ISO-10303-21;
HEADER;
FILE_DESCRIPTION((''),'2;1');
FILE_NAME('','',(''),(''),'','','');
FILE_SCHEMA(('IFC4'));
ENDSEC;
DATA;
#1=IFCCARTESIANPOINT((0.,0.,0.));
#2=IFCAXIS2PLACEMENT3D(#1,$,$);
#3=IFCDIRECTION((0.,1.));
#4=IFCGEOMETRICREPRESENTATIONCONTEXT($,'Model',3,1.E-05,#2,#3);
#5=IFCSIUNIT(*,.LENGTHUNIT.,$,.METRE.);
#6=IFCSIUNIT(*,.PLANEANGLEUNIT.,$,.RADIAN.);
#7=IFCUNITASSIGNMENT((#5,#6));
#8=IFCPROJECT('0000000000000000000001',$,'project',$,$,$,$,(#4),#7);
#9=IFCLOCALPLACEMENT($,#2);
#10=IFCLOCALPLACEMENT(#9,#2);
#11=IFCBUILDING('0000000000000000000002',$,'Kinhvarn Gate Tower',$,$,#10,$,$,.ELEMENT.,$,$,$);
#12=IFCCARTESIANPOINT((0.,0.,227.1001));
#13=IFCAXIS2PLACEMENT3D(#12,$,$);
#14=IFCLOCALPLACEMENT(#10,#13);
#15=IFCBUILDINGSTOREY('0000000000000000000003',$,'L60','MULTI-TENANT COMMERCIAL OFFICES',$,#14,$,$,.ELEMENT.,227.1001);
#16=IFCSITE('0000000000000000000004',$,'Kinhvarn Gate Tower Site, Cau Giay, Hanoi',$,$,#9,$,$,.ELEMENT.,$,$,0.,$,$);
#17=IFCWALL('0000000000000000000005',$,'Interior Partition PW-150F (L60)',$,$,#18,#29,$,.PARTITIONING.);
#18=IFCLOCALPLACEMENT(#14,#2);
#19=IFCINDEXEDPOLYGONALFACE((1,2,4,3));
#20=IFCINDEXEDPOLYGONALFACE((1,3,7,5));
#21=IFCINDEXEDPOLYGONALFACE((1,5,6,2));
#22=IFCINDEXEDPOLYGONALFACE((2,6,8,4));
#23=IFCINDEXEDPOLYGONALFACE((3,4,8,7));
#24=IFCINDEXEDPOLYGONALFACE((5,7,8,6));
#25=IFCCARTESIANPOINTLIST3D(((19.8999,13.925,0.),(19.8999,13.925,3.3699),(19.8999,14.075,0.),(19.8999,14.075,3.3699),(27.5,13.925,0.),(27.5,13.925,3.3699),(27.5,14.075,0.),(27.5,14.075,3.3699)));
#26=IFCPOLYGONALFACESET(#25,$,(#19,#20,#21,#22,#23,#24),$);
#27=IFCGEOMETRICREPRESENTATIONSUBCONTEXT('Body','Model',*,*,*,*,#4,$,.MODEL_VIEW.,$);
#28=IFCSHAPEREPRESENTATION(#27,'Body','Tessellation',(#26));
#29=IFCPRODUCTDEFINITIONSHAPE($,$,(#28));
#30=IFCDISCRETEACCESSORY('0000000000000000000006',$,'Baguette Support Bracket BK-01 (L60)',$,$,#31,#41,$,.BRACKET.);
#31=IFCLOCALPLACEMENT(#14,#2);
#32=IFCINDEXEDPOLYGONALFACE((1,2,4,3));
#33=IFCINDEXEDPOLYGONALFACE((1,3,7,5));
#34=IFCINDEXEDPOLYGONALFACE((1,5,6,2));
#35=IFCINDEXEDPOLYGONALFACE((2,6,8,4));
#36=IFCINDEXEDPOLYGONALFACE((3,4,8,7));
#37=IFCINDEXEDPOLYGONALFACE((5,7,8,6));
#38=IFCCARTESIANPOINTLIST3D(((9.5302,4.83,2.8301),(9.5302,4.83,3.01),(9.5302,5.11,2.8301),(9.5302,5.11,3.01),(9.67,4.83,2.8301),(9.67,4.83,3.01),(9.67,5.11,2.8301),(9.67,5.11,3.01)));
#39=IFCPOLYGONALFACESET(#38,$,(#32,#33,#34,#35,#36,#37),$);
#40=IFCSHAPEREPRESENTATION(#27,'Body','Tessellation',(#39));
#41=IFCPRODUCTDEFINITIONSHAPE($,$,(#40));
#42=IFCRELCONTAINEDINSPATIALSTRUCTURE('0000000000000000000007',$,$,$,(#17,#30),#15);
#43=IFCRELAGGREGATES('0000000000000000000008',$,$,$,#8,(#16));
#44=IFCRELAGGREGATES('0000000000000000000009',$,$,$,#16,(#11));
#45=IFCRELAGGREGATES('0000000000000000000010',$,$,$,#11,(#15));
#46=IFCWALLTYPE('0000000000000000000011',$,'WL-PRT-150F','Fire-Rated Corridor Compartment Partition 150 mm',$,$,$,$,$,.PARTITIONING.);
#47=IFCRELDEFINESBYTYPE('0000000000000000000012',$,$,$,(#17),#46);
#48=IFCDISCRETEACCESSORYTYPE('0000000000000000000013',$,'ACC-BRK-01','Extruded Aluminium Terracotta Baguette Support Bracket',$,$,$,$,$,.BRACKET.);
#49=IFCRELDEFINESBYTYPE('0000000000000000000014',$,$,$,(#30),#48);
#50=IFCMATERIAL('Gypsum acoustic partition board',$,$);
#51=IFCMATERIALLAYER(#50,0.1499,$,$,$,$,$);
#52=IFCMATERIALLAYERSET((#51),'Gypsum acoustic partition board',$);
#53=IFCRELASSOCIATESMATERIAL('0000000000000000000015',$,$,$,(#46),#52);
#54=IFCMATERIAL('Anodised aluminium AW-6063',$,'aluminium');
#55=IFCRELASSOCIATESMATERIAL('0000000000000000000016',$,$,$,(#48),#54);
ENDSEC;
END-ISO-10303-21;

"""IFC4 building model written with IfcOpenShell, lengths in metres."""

from ifc_helpers import new_model, si_unit, direction, frame, frame_2d, origin, origin_2d, place, context, subcontext, project, spatial, rectangle, extrude, material, layer, layer_set, type_object, element, save


model = new_model("IFC4")

# Units and contexts
model_context = context("Model", 3, precision=1e-05, world=origin(), true_north=direction((0.0, 1.0)))
body_context = subcontext(model_context, "Body", "Model", "MODEL_VIEW")
ifc_project = project(units=[si_unit("LENGTHUNIT", "METRE"), si_unit("PLANEANGLEUNIT", "RADIAN")], contexts=[model_context])

# Site, building, storey
site_placement = place(None, origin())
site = spatial("IfcSite", under=ifc_project, at=site_placement, Name="Kinhvarn Gate Tower Site, Cau Giay, Hanoi", CompositionType="ELEMENT", RefElevation=0.0)
building_placement = place(site_placement, origin())
building = spatial("IfcBuilding", under=site, at=building_placement, Name="Kinhvarn Gate Tower", CompositionType="ELEMENT")
storey_placement = place(building_placement, frame((0.0, 0.0, 227.1001)))
storey = spatial("IfcBuildingStorey", under=building, at=storey_placement, Name="L60", Description="MULTI-TENANT COMMERCIAL OFFICES", CompositionType="ELEMENT", Elevation=227.1001)

# Shared definitions
ifc_material_1 = material(Name="Anodised aluminium AW-6063", Category="aluminium")

# Shared definitions
ifc_material_2 = material(Name="Gypsum acoustic partition board")
ifc_layer_1 = layer(ifc_material_2, 0.1499)
ifc_layer_set_1 = layer_set([ifc_layer_1], Name="Gypsum acoustic partition board")
wall_type_1 = type_object("IfcWallType", Name="WL-PRT-150F", Description="Fire-Rated Corridor Compartment Partition 150 mm", PredefinedType="PARTITIONING", material=ifc_layer_set_1)

# Wall
wall_1_placement = place(storey_placement, frame((19.8999, 14.0, 0.0), z_axis=(0.0, 0.0, 1.0), x_axis=(1.0, 0.0, 0.0)))
element("IfcWall", 1, at=wall_1_placement, inside=storey, type_object=wall_type_1, Name="Interior Partition PW-150F (L60)", PredefinedType="PARTITIONING", context=body_context, shape_type="SweptSolid", body=[
    extrude(rectangle(XDim=7.6001, YDim=0.1499, at=frame_2d((3.8, 0.0))), origin(), (0.0, 0.0, 1.0), 3.3699),
])

# Discrete accessory
discrete_accessory_type = type_object("IfcDiscreteAccessoryType", Name="ACC-BRK-01", Description="Extruded Aluminium Terracotta Baguette Support Bracket", PredefinedType="BRACKET", material=ifc_material_1)
discrete_accessory_placement = place(storey_placement, frame((9.6001, 4.97, 2.8301), z_axis=(0.0, 0.0, 1.0), x_axis=(1.0, 0.0, 0.0)))
element("IfcDiscreteAccessory", 2, at=discrete_accessory_placement, inside=storey, type_object=discrete_accessory_type, Name="Baguette Support Bracket BK-01 (L60)", PredefinedType="BRACKET", context=body_context, shape_type="SweptSolid", body=[
    extrude(rectangle(XDim=0.1399, YDim=0.28, at=origin_2d()), origin(), (0.0, 0.0, 1.0), 0.1799),
])

save(model, "model.ifc")
